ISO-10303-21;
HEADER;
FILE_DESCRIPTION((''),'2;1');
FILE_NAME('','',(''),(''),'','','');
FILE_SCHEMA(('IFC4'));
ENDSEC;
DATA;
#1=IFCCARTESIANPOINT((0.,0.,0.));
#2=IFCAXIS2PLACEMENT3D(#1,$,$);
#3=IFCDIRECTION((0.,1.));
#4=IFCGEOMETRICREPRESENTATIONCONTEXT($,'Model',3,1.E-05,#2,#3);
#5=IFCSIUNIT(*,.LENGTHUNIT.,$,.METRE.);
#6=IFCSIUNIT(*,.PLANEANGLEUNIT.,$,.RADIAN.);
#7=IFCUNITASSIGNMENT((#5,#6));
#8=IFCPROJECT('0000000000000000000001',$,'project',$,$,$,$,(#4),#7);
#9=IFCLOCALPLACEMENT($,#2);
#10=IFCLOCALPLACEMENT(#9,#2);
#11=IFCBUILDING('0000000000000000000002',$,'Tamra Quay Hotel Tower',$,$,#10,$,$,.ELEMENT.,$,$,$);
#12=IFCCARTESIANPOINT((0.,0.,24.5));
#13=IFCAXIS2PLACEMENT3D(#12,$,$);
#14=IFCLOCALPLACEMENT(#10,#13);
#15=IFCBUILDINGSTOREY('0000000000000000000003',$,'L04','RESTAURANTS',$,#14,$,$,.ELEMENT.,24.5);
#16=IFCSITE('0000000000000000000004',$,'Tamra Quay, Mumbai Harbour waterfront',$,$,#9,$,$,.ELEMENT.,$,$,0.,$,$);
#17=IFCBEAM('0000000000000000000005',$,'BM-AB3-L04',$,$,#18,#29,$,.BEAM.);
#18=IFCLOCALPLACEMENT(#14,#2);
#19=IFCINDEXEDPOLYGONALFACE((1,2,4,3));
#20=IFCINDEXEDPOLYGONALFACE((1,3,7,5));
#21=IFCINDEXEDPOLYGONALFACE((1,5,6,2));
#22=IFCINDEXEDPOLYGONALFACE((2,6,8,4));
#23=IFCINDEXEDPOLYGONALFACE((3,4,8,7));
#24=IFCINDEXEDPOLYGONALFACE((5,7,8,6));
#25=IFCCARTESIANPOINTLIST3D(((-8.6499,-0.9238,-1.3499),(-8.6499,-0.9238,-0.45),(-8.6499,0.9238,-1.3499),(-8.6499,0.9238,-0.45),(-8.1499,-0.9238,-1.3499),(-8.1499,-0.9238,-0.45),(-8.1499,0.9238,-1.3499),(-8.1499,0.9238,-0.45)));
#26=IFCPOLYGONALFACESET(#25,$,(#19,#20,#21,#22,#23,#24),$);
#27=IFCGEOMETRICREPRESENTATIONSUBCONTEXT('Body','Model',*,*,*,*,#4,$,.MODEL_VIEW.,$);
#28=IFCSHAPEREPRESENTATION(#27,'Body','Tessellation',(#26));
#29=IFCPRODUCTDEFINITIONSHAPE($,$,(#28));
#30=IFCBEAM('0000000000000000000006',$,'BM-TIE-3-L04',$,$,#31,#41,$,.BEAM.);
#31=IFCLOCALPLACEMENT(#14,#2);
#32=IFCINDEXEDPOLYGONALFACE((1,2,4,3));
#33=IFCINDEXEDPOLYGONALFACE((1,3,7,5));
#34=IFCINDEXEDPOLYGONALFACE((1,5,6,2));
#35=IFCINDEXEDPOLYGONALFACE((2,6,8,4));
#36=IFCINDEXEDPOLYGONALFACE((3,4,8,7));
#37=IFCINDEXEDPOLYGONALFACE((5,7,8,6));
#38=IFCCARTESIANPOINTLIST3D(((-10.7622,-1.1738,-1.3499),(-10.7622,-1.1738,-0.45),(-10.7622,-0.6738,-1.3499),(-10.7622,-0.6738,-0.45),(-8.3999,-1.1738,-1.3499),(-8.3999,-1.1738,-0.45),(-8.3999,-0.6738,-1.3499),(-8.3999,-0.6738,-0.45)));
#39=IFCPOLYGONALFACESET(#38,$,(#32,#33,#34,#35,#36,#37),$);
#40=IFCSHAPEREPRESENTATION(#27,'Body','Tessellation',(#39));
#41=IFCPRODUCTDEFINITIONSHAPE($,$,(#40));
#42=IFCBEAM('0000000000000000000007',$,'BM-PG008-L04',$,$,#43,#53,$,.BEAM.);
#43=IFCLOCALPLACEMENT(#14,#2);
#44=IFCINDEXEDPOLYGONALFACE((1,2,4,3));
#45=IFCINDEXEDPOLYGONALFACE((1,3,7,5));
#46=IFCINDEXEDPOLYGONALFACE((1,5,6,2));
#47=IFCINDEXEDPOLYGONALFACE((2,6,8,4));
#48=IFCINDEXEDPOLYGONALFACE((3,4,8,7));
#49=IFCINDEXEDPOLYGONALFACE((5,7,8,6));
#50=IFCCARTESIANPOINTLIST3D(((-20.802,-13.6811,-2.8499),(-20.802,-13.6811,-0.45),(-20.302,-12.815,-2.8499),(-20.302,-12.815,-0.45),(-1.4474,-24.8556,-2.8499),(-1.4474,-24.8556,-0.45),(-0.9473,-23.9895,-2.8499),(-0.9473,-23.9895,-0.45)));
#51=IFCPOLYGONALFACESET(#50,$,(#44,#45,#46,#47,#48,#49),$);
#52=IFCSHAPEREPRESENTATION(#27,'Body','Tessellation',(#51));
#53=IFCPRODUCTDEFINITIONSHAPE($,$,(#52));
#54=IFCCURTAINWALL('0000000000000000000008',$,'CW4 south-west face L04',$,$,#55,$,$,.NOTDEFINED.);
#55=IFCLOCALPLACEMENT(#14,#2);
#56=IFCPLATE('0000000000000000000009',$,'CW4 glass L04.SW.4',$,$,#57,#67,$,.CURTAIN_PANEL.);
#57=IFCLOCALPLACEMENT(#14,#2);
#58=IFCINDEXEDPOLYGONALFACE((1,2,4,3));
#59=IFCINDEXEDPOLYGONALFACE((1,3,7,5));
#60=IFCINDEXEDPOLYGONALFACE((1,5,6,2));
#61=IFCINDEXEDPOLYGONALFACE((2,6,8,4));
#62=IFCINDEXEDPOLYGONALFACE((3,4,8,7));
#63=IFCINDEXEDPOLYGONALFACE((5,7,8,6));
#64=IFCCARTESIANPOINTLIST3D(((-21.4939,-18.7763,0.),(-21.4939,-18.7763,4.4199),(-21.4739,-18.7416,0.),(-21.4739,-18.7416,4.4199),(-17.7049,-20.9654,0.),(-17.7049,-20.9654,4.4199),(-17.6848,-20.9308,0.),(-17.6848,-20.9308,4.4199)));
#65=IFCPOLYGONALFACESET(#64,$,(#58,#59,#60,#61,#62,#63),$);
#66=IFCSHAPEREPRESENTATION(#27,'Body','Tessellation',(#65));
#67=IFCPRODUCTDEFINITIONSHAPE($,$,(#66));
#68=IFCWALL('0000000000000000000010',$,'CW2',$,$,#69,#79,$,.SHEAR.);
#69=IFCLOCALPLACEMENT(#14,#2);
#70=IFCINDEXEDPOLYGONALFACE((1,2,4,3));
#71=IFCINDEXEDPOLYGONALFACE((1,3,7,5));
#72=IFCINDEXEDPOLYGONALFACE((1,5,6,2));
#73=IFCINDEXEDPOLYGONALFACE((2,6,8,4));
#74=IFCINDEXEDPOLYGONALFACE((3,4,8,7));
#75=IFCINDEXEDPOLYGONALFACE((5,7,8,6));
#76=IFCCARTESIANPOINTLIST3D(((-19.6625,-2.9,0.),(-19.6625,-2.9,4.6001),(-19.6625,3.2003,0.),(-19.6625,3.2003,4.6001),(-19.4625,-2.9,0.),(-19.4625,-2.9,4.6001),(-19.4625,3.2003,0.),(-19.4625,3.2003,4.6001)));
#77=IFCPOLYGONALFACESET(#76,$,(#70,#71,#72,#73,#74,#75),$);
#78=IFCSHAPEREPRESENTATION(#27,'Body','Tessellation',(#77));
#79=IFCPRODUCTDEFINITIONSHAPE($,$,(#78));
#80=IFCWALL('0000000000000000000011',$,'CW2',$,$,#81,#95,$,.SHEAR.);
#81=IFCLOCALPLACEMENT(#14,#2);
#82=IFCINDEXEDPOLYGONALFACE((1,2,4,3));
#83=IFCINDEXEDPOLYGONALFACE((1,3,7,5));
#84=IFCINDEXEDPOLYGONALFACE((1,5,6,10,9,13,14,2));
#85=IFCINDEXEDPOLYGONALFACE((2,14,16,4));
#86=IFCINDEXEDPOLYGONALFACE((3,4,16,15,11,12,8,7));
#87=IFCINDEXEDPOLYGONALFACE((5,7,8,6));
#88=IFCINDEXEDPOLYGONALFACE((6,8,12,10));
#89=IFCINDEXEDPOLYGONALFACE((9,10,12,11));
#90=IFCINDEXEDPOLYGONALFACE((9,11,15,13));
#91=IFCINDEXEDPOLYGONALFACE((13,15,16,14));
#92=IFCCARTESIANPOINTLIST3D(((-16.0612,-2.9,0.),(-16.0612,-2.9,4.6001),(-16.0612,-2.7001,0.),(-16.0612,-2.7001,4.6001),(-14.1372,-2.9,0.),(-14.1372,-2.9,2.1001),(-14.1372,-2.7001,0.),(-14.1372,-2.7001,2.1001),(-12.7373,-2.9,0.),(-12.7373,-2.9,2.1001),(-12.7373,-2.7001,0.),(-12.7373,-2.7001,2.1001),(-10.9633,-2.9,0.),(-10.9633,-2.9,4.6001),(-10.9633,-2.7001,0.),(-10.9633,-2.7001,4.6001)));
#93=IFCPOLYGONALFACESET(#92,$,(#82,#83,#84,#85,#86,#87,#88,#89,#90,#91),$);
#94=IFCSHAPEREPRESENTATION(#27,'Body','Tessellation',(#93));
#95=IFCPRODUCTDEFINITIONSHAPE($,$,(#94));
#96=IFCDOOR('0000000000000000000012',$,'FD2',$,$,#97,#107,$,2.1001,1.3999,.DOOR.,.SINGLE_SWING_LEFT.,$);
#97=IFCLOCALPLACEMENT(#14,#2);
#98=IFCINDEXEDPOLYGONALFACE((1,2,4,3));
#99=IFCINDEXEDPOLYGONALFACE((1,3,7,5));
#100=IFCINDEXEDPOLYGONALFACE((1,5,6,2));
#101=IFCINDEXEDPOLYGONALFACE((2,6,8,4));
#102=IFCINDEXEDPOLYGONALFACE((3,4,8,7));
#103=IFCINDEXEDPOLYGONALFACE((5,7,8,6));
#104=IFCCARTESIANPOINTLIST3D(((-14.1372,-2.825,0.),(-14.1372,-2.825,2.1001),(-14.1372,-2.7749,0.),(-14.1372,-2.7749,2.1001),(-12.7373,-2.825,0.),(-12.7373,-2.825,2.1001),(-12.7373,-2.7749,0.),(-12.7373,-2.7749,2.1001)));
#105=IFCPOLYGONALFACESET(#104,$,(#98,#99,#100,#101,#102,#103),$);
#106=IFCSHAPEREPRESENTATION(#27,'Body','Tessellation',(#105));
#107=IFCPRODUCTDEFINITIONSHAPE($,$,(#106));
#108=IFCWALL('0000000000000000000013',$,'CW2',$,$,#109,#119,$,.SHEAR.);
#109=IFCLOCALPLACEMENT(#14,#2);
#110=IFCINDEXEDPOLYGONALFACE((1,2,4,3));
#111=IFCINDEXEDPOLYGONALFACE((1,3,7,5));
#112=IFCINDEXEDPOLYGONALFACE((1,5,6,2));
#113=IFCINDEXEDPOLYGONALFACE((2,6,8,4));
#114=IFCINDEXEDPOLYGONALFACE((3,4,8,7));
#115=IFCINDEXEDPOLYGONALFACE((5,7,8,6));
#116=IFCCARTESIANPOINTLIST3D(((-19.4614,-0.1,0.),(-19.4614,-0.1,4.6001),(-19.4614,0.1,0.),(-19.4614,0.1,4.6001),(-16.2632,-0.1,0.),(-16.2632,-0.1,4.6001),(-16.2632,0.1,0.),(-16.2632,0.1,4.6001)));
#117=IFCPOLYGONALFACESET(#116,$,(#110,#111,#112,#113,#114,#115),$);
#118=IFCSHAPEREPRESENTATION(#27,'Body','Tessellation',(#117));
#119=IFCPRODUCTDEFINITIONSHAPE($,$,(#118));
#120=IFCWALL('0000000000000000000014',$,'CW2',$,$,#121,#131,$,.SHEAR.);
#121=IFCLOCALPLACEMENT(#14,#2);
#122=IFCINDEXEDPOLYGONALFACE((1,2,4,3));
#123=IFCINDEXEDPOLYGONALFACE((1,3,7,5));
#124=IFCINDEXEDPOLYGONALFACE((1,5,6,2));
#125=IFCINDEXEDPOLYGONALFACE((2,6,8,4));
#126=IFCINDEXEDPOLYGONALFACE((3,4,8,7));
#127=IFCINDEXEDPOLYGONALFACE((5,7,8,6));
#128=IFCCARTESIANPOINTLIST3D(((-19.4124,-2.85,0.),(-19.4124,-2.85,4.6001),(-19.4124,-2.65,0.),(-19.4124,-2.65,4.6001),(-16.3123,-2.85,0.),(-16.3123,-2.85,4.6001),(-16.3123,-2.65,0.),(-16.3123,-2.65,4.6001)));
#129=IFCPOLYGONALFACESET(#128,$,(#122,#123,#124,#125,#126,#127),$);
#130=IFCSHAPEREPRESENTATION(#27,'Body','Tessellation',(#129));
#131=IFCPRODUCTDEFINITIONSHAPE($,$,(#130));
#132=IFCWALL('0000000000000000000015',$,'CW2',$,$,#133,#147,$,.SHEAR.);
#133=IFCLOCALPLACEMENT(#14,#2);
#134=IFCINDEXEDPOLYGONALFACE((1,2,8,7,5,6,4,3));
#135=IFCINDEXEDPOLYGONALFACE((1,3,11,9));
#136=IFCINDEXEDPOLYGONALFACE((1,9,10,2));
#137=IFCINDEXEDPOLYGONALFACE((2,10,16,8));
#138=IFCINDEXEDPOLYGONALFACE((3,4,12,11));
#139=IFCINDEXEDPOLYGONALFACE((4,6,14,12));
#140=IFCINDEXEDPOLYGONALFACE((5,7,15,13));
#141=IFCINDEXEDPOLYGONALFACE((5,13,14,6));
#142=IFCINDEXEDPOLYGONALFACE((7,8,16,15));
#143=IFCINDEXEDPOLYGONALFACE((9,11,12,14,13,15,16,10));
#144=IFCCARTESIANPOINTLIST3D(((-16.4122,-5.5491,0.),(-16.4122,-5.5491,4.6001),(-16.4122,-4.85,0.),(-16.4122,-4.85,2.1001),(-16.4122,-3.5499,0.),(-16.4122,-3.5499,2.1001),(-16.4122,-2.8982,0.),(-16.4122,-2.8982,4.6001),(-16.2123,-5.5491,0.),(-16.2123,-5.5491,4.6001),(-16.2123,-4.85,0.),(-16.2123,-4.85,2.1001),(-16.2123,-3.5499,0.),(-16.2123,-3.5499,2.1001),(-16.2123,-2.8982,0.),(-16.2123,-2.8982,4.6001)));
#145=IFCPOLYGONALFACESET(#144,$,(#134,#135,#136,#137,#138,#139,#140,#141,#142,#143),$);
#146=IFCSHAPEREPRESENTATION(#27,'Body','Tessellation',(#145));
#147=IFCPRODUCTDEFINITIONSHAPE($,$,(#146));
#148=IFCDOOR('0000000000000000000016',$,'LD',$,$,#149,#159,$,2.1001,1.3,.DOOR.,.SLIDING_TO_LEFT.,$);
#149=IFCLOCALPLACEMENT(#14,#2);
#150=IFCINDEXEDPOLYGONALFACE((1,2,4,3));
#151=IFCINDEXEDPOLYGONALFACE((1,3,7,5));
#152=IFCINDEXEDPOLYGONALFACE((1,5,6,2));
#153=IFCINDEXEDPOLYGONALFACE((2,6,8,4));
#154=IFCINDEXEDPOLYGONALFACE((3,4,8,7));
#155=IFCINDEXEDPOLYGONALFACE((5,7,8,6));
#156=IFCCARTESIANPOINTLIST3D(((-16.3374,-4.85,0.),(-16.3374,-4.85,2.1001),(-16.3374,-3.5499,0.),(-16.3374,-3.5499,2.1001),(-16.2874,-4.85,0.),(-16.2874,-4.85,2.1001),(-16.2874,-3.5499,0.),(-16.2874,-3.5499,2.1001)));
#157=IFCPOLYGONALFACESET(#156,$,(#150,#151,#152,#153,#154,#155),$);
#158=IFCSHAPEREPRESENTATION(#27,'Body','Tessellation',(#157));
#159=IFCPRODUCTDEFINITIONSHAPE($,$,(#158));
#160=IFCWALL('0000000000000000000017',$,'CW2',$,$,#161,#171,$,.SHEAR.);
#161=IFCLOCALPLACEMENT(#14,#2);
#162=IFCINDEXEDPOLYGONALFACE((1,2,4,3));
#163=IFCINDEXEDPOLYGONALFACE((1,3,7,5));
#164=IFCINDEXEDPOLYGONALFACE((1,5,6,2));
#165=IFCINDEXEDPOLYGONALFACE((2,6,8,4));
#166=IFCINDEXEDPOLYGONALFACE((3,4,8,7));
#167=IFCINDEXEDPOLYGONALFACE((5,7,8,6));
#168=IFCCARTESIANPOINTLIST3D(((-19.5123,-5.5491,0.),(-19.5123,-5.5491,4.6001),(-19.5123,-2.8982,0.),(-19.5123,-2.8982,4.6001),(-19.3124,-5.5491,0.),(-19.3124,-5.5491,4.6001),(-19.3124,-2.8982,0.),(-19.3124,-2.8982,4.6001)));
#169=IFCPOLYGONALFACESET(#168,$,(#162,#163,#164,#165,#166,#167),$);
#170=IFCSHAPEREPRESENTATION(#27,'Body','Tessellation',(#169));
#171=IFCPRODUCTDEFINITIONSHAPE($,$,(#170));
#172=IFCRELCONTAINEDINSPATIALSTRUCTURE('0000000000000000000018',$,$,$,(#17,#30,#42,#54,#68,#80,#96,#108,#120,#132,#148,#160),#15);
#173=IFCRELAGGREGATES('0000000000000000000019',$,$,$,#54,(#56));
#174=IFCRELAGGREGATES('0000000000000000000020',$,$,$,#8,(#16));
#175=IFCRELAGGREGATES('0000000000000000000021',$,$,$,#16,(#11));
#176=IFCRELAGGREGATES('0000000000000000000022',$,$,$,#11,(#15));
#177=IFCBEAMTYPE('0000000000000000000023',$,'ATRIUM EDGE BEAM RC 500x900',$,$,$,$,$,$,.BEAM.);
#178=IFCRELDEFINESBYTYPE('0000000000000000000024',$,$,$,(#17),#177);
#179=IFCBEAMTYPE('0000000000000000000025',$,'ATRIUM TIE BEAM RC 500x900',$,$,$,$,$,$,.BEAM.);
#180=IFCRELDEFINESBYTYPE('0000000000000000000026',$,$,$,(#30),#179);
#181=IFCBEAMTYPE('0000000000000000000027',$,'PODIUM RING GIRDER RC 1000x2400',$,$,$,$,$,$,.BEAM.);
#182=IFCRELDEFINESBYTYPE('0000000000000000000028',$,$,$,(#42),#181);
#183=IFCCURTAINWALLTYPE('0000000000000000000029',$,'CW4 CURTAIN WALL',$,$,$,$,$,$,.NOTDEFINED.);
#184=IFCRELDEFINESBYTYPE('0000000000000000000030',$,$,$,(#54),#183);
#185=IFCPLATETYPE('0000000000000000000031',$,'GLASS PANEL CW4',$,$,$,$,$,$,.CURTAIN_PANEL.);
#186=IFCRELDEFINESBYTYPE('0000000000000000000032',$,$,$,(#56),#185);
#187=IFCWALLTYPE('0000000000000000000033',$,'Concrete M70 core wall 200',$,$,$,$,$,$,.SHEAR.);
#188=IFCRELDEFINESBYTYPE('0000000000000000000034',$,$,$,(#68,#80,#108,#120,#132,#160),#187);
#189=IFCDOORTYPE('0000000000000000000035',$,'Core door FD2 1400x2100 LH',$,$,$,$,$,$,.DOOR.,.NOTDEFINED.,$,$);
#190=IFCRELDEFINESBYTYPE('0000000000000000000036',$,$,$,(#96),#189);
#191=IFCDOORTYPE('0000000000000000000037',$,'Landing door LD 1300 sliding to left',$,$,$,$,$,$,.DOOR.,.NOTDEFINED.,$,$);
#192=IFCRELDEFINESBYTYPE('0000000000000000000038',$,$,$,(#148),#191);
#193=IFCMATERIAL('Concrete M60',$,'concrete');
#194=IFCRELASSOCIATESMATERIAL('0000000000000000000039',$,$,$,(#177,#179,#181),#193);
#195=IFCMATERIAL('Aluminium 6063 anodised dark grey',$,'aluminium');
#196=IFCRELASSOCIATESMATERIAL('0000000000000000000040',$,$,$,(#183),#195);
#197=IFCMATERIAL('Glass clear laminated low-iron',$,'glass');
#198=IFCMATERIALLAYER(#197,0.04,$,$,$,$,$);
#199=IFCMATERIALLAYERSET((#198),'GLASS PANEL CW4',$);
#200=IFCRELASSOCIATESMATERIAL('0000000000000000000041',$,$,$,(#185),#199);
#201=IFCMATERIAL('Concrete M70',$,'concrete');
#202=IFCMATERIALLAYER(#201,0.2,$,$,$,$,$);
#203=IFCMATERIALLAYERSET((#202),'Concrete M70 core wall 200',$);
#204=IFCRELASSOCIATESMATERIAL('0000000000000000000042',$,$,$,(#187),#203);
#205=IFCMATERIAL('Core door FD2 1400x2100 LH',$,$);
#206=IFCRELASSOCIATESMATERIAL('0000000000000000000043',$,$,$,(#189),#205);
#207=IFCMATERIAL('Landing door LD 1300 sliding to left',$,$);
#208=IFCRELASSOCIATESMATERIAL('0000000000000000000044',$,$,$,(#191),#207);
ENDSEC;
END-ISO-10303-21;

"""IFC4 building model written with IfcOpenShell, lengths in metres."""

from ifc_helpers import new_model, si_unit, direction, frame, frame_2d, origin, origin_2d, place, context, subcontext, project, spatial, rectangle, extrude, material, layer, layer_set, material_profile, profile_set, type_object, element, fill, aggregate, save


model = new_model("IFC4")

# Units and contexts
model_context = context("Model", 3, precision=1e-05, world=origin(), true_north=direction((0.0, 1.0)))
body_context = subcontext(model_context, "Body", "Model", "MODEL_VIEW")
ifc_project = project(units=[si_unit("LENGTHUNIT", "METRE"), si_unit("PLANEANGLEUNIT", "RADIAN")], contexts=[model_context])

# Site, building, storey
site_placement = place(None, origin())
site = spatial("IfcSite", under=ifc_project, at=site_placement, Name="Tamra Quay, Mumbai Harbour waterfront", CompositionType="ELEMENT", RefElevation=0.0)
building_placement = place(site_placement, origin())
building = spatial("IfcBuilding", under=site, at=building_placement, Name="Tamra Quay Hotel Tower", CompositionType="ELEMENT")
storey_placement = place(building_placement, frame((0.0, 0.0, 24.5)))
storey = spatial("IfcBuildingStorey", under=building, at=storey_placement, Name="L04", Description="RESTAURANTS", CompositionType="ELEMENT", Elevation=24.5)

# Beams
ifc_material_1 = material(Name="Concrete M60", Category="concrete")
ifc_material_profile_1 = material_profile(ifc_material_1, rectangle(XDim=0.5, YDim=0.8999, at=origin_2d()), Name="ATRIUM EDGE BEAM RC 500x900")
ifc_profile_set_1 = profile_set([ifc_material_profile_1], Name="Concrete M60")
beam_type_1 = type_object("IfcBeamType", Name="ATRIUM EDGE BEAM RC 500x900", PredefinedType="BEAM", material=ifc_profile_set_1)
beam_1_placement = place(storey_placement, frame((-8.3999, -0.9238, -0.8999), z_axis=(0.0, 1.0, 0.0), x_axis=(-1.0, 0.0, 0.0)))
element("IfcBeam", 1, at=beam_1_placement, inside=storey, type_object=beam_type_1, Name="BM-AB3-L04", PredefinedType="BEAM", context=body_context, shape_type="SweptSolid", body=[
    extrude(rectangle(XDim=0.5, YDim=0.8999, at=origin_2d()), origin(), (0.0, 0.0, 1.0), 1.8477),
])
ifc_material_profile_2 = material_profile(ifc_material_1, rectangle(XDim=0.5, YDim=0.8999, at=origin_2d()), Name="ATRIUM TIE BEAM RC 500x900")
ifc_profile_set_2 = profile_set([ifc_material_profile_2], Name="Concrete M60")
beam_type_2 = type_object("IfcBeamType", Name="ATRIUM TIE BEAM RC 500x900", PredefinedType="BEAM", material=ifc_profile_set_2)
beam_2_placement = place(storey_placement, frame((-8.3999, -0.9238, -0.8999), z_axis=(-1.0, 0.0, 0.0), x_axis=(0.0, -1.0, 0.0)))
element("IfcBeam", 2, at=beam_2_placement, inside=storey, type_object=beam_type_2, Name="BM-TIE-3-L04", PredefinedType="BEAM", context=body_context, shape_type="SweptSolid", body=[
    extrude(rectangle(XDim=0.5, YDim=0.8999, at=origin_2d()), origin(), (0.0, 0.0, 1.0), 2.3623),
])
ifc_material_profile_3 = material_profile(ifc_material_1, rectangle(XDim=1.0, YDim=2.3999, at=origin_2d()), Name="PODIUM RING GIRDER RC 1000x2400")
ifc_profile_set_3 = profile_set([ifc_material_profile_3], Name="Concrete M60")
beam_type_3 = type_object("IfcBeamType", Name="PODIUM RING GIRDER RC 1000x2400", PredefinedType="BEAM", material=ifc_profile_set_3)
beam_3_placement = place(storey_placement, frame((-20.552, -13.248, -1.6499), z_axis=(0.866023, -0.500003, 0.0), x_axis=(0.500003, 0.866023, 0.0)))
element("IfcBeam", 3, at=beam_3_placement, inside=storey, type_object=beam_type_3, Name="BM-PG008-L04", PredefinedType="BEAM", context=body_context, shape_type="SweptSolid", body=[
    extrude(rectangle(XDim=1.0, YDim=2.3999, at=origin_2d()), origin(), (0.0, 0.0, 1.0), 22.3489),
])

# Curtain wall, plate
ifc_material_2 = material(Name="Aluminium 6063 anodised dark grey", Category="aluminium")
curtain_wall_type = type_object("IfcCurtainWallType", Name="CW4 CURTAIN WALL", PredefinedType="NOTDEFINED", material=ifc_material_2)
curtain_wall_placement = place(storey_placement, origin())
curtain_wall = element("IfcCurtainWall", 4, at=curtain_wall_placement, inside=storey, type_object=curtain_wall_type, Name="CW4 south-west face L04", PredefinedType="NOTDEFINED")
ifc_material_3 = material(Name="Glass clear laminated low-iron", Category="glass")
ifc_layer_1 = layer(ifc_material_3, 0.04)
ifc_layer_set_1 = layer_set([ifc_layer_1], Name="GLASS PANEL CW4")
plate_type = type_object("IfcPlateType", Name="GLASS PANEL CW4", PredefinedType="CURTAIN_PANEL", material=ifc_layer_set_1)
plate_placement = place(storey_placement, frame((-19.5894, -19.8535, 0.0), z_axis=(0.0, 0.0, 1.0), x_axis=(0.865872, -0.500265, 0.0)))
plate = element("IfcPlate", 5, at=plate_placement, type_object=plate_type, Name="CW4 glass L04.SW.4", PredefinedType="CURTAIN_PANEL", context=body_context, shape_type="SweptSolid", body=[
    extrude(rectangle(XDim=4.376, YDim=0.04, at=origin_2d()), origin(), (0.0, 0.0, 1.0), 4.4199),
])
aggregate(curtain_wall, [plate])

# Wall
ifc_material_4 = material(Name="Concrete M70", Category="concrete")
ifc_layer_2 = layer(ifc_material_4, 0.2)
ifc_layer_set_2 = layer_set([ifc_layer_2], Name="Concrete M70 core wall 200")
wall_type_1 = type_object("IfcWallType", Name="Concrete M70 core wall 200", PredefinedType="SHEAR", material=ifc_layer_set_2)
wall_1_placement = place(storey_placement, frame((-19.5625, -2.9001, 0.0), z_axis=(0.0, 0.0, 1.0), x_axis=(0.0, 1.0, 0.0)))
element("IfcWall", 6, at=wall_1_placement, inside=storey, type_object=wall_type_1, Name="CW2", PredefinedType="SHEAR", context=body_context, shape_type="SweptSolid", body=[
    extrude(rectangle(XDim=6.1003, YDim=0.2, at=frame_2d((3.0503, 0.0))), origin(), (0.0, 0.0, 1.0), 4.6001),
])

# Wall, opening, door
wall_2_placement = place(storey_placement, frame((-10.9634, -2.8, 0.0), z_axis=(0.0, 0.0, 1.0), x_axis=(-1.0, 0.0, 0.0)))
wall_2 = element("IfcWall", 7, at=wall_2_placement, inside=storey, type_object=wall_type_1, Name="CW2", PredefinedType="SHEAR", context=body_context, shape_type="SweptSolid", body=[
    extrude(rectangle(XDim=5.0979, YDim=0.2, at=frame_2d((2.5488, 0.0))), origin(), (0.0, 0.0, 1.0), 4.6001),
])
opening_1_placement = place(wall_2_placement, frame((1.7739, 0.0, 0.0)))
opening_1 = element("IfcOpeningElement", 8, at=opening_1_placement, cuts=wall_2, PredefinedType="OPENING", context=body_context, shape_type="SweptSolid", body=[
    extrude(rectangle(XDim=1.3999, YDim=2.1001, at=frame_2d((0.7, 1.05))), frame((0.0, 0.1099, 0.0), z_axis=(0.0, -1.0, 0.0), x_axis=(1.0, 0.0, 0.0)), (0.0, 0.0, 1.0), 0.22),
])
ifc_material_5 = material(Name="Core door FD2 1400x2100 LH")
door_type_1 = type_object("IfcDoorType", Name="Core door FD2 1400x2100 LH", OperationType="NOTDEFINED", PredefinedType="DOOR", material=ifc_material_5)
door_1_placement = place(opening_1_placement, origin())
door_1 = element("IfcDoor", 9, at=door_1_placement, inside=storey, type_object=door_type_1, Name="FD2", OperationType="SINGLE_SWING_LEFT", OverallHeight=2.1001, OverallWidth=1.3999, PredefinedType="DOOR", context=body_context, shape_type="SweptSolid", body=[
    extrude(rectangle(XDim=1.3999, YDim=2.1001, at=frame_2d((0.7, 1.05))), frame((0.0, 0.0249, 0.0), z_axis=(0.0, -1.0, 0.0), x_axis=(1.0, 0.0, 0.0)), (0.0, 0.0, 1.0), 0.05),
])
fill(opening_1, door_1)

# Walls
wall_3_placement = place(storey_placement, frame((-16.2632, 0.0, 0.0), z_axis=(0.0, 0.0, 1.0), x_axis=(-1.0, 0.0, 0.0)))
element("IfcWall", 10, at=wall_3_placement, inside=storey, type_object=wall_type_1, Name="CW2", PredefinedType="SHEAR", context=body_context, shape_type="SweptSolid", body=[
    extrude(rectangle(XDim=3.1982, YDim=0.2, at=frame_2d((1.5991, 0.0))), origin(), (0.0, 0.0, 1.0), 4.6001),
])
wall_4_placement = place(storey_placement, frame((-19.4124, -2.75, 0.0), z_axis=(0.0, 0.0, 1.0), x_axis=(1.0, 0.0, 0.0)))
element("IfcWall", 11, at=wall_4_placement, inside=storey, type_object=wall_type_1, Name="CW2", PredefinedType="SHEAR", context=body_context, shape_type="SweptSolid", body=[
    extrude(rectangle(XDim=3.1001, YDim=0.2, at=frame_2d((1.55, 0.0))), origin(), (0.0, 0.0, 1.0), 4.6001),
])

# Wall, opening, door
wall_5_placement = place(storey_placement, frame((-16.3123, -2.8982, 0.0), z_axis=(0.0, 0.0, 1.0), x_axis=(0.0, -1.0, 0.0)))
wall_5 = element("IfcWall", 12, at=wall_5_placement, inside=storey, type_object=wall_type_1, Name="CW2", PredefinedType="SHEAR", context=body_context, shape_type="SweptSolid", body=[
    extrude(rectangle(XDim=2.6509, YDim=0.2, at=frame_2d((1.3254, 0.0))), origin(), (0.0, 0.0, 1.0), 4.6001),
])
opening_2_placement = place(wall_5_placement, frame((0.6519, 0.0, 0.0)))
opening_2 = element("IfcOpeningElement", 13, at=opening_2_placement, cuts=wall_5, PredefinedType="OPENING", context=body_context, shape_type="SweptSolid", body=[
    extrude(rectangle(XDim=1.3, YDim=2.1001, at=frame_2d((0.6499, 1.05))), frame((0.0, 0.1099, 0.0), z_axis=(0.0, -1.0, 0.0), x_axis=(1.0, 0.0, 0.0)), (0.0, 0.0, 1.0), 0.22),
])
ifc_material_6 = material(Name="Landing door LD 1300 sliding to left")
door_type_2 = type_object("IfcDoorType", Name="Landing door LD 1300 sliding to left", OperationType="NOTDEFINED", PredefinedType="DOOR", material=ifc_material_6)
door_2_placement = place(opening_2_placement, origin())
door_2 = element("IfcDoor", 14, at=door_2_placement, inside=storey, type_object=door_type_2, Name="LD", OperationType="SLIDING_TO_LEFT", OverallHeight=2.1001, OverallWidth=1.3, PredefinedType="DOOR", context=body_context, shape_type="SweptSolid", body=[
    extrude(rectangle(XDim=1.3, YDim=2.1001, at=frame_2d((0.6499, 1.05))), frame((0.0, 0.0249, 0.0), z_axis=(0.0, -1.0, 0.0), x_axis=(1.0, 0.0, 0.0)), (0.0, 0.0, 1.0), 0.05),
])
fill(opening_2, door_2)

# Wall
wall_6_placement = place(storey_placement, frame((-19.4124, -5.5491, 0.0), z_axis=(0.0, 0.0, 1.0), x_axis=(0.0, 1.0, 0.0)))
element("IfcWall", 15, at=wall_6_placement, inside=storey, type_object=wall_type_1, Name="CW2", PredefinedType="SHEAR", context=body_context, shape_type="SweptSolid", body=[
    extrude(rectangle(XDim=2.6509, YDim=0.2, at=frame_2d((1.3254, 0.0))), origin(), (0.0, 0.0, 1.0), 4.6001),
])

save(model, "model.ifc")
